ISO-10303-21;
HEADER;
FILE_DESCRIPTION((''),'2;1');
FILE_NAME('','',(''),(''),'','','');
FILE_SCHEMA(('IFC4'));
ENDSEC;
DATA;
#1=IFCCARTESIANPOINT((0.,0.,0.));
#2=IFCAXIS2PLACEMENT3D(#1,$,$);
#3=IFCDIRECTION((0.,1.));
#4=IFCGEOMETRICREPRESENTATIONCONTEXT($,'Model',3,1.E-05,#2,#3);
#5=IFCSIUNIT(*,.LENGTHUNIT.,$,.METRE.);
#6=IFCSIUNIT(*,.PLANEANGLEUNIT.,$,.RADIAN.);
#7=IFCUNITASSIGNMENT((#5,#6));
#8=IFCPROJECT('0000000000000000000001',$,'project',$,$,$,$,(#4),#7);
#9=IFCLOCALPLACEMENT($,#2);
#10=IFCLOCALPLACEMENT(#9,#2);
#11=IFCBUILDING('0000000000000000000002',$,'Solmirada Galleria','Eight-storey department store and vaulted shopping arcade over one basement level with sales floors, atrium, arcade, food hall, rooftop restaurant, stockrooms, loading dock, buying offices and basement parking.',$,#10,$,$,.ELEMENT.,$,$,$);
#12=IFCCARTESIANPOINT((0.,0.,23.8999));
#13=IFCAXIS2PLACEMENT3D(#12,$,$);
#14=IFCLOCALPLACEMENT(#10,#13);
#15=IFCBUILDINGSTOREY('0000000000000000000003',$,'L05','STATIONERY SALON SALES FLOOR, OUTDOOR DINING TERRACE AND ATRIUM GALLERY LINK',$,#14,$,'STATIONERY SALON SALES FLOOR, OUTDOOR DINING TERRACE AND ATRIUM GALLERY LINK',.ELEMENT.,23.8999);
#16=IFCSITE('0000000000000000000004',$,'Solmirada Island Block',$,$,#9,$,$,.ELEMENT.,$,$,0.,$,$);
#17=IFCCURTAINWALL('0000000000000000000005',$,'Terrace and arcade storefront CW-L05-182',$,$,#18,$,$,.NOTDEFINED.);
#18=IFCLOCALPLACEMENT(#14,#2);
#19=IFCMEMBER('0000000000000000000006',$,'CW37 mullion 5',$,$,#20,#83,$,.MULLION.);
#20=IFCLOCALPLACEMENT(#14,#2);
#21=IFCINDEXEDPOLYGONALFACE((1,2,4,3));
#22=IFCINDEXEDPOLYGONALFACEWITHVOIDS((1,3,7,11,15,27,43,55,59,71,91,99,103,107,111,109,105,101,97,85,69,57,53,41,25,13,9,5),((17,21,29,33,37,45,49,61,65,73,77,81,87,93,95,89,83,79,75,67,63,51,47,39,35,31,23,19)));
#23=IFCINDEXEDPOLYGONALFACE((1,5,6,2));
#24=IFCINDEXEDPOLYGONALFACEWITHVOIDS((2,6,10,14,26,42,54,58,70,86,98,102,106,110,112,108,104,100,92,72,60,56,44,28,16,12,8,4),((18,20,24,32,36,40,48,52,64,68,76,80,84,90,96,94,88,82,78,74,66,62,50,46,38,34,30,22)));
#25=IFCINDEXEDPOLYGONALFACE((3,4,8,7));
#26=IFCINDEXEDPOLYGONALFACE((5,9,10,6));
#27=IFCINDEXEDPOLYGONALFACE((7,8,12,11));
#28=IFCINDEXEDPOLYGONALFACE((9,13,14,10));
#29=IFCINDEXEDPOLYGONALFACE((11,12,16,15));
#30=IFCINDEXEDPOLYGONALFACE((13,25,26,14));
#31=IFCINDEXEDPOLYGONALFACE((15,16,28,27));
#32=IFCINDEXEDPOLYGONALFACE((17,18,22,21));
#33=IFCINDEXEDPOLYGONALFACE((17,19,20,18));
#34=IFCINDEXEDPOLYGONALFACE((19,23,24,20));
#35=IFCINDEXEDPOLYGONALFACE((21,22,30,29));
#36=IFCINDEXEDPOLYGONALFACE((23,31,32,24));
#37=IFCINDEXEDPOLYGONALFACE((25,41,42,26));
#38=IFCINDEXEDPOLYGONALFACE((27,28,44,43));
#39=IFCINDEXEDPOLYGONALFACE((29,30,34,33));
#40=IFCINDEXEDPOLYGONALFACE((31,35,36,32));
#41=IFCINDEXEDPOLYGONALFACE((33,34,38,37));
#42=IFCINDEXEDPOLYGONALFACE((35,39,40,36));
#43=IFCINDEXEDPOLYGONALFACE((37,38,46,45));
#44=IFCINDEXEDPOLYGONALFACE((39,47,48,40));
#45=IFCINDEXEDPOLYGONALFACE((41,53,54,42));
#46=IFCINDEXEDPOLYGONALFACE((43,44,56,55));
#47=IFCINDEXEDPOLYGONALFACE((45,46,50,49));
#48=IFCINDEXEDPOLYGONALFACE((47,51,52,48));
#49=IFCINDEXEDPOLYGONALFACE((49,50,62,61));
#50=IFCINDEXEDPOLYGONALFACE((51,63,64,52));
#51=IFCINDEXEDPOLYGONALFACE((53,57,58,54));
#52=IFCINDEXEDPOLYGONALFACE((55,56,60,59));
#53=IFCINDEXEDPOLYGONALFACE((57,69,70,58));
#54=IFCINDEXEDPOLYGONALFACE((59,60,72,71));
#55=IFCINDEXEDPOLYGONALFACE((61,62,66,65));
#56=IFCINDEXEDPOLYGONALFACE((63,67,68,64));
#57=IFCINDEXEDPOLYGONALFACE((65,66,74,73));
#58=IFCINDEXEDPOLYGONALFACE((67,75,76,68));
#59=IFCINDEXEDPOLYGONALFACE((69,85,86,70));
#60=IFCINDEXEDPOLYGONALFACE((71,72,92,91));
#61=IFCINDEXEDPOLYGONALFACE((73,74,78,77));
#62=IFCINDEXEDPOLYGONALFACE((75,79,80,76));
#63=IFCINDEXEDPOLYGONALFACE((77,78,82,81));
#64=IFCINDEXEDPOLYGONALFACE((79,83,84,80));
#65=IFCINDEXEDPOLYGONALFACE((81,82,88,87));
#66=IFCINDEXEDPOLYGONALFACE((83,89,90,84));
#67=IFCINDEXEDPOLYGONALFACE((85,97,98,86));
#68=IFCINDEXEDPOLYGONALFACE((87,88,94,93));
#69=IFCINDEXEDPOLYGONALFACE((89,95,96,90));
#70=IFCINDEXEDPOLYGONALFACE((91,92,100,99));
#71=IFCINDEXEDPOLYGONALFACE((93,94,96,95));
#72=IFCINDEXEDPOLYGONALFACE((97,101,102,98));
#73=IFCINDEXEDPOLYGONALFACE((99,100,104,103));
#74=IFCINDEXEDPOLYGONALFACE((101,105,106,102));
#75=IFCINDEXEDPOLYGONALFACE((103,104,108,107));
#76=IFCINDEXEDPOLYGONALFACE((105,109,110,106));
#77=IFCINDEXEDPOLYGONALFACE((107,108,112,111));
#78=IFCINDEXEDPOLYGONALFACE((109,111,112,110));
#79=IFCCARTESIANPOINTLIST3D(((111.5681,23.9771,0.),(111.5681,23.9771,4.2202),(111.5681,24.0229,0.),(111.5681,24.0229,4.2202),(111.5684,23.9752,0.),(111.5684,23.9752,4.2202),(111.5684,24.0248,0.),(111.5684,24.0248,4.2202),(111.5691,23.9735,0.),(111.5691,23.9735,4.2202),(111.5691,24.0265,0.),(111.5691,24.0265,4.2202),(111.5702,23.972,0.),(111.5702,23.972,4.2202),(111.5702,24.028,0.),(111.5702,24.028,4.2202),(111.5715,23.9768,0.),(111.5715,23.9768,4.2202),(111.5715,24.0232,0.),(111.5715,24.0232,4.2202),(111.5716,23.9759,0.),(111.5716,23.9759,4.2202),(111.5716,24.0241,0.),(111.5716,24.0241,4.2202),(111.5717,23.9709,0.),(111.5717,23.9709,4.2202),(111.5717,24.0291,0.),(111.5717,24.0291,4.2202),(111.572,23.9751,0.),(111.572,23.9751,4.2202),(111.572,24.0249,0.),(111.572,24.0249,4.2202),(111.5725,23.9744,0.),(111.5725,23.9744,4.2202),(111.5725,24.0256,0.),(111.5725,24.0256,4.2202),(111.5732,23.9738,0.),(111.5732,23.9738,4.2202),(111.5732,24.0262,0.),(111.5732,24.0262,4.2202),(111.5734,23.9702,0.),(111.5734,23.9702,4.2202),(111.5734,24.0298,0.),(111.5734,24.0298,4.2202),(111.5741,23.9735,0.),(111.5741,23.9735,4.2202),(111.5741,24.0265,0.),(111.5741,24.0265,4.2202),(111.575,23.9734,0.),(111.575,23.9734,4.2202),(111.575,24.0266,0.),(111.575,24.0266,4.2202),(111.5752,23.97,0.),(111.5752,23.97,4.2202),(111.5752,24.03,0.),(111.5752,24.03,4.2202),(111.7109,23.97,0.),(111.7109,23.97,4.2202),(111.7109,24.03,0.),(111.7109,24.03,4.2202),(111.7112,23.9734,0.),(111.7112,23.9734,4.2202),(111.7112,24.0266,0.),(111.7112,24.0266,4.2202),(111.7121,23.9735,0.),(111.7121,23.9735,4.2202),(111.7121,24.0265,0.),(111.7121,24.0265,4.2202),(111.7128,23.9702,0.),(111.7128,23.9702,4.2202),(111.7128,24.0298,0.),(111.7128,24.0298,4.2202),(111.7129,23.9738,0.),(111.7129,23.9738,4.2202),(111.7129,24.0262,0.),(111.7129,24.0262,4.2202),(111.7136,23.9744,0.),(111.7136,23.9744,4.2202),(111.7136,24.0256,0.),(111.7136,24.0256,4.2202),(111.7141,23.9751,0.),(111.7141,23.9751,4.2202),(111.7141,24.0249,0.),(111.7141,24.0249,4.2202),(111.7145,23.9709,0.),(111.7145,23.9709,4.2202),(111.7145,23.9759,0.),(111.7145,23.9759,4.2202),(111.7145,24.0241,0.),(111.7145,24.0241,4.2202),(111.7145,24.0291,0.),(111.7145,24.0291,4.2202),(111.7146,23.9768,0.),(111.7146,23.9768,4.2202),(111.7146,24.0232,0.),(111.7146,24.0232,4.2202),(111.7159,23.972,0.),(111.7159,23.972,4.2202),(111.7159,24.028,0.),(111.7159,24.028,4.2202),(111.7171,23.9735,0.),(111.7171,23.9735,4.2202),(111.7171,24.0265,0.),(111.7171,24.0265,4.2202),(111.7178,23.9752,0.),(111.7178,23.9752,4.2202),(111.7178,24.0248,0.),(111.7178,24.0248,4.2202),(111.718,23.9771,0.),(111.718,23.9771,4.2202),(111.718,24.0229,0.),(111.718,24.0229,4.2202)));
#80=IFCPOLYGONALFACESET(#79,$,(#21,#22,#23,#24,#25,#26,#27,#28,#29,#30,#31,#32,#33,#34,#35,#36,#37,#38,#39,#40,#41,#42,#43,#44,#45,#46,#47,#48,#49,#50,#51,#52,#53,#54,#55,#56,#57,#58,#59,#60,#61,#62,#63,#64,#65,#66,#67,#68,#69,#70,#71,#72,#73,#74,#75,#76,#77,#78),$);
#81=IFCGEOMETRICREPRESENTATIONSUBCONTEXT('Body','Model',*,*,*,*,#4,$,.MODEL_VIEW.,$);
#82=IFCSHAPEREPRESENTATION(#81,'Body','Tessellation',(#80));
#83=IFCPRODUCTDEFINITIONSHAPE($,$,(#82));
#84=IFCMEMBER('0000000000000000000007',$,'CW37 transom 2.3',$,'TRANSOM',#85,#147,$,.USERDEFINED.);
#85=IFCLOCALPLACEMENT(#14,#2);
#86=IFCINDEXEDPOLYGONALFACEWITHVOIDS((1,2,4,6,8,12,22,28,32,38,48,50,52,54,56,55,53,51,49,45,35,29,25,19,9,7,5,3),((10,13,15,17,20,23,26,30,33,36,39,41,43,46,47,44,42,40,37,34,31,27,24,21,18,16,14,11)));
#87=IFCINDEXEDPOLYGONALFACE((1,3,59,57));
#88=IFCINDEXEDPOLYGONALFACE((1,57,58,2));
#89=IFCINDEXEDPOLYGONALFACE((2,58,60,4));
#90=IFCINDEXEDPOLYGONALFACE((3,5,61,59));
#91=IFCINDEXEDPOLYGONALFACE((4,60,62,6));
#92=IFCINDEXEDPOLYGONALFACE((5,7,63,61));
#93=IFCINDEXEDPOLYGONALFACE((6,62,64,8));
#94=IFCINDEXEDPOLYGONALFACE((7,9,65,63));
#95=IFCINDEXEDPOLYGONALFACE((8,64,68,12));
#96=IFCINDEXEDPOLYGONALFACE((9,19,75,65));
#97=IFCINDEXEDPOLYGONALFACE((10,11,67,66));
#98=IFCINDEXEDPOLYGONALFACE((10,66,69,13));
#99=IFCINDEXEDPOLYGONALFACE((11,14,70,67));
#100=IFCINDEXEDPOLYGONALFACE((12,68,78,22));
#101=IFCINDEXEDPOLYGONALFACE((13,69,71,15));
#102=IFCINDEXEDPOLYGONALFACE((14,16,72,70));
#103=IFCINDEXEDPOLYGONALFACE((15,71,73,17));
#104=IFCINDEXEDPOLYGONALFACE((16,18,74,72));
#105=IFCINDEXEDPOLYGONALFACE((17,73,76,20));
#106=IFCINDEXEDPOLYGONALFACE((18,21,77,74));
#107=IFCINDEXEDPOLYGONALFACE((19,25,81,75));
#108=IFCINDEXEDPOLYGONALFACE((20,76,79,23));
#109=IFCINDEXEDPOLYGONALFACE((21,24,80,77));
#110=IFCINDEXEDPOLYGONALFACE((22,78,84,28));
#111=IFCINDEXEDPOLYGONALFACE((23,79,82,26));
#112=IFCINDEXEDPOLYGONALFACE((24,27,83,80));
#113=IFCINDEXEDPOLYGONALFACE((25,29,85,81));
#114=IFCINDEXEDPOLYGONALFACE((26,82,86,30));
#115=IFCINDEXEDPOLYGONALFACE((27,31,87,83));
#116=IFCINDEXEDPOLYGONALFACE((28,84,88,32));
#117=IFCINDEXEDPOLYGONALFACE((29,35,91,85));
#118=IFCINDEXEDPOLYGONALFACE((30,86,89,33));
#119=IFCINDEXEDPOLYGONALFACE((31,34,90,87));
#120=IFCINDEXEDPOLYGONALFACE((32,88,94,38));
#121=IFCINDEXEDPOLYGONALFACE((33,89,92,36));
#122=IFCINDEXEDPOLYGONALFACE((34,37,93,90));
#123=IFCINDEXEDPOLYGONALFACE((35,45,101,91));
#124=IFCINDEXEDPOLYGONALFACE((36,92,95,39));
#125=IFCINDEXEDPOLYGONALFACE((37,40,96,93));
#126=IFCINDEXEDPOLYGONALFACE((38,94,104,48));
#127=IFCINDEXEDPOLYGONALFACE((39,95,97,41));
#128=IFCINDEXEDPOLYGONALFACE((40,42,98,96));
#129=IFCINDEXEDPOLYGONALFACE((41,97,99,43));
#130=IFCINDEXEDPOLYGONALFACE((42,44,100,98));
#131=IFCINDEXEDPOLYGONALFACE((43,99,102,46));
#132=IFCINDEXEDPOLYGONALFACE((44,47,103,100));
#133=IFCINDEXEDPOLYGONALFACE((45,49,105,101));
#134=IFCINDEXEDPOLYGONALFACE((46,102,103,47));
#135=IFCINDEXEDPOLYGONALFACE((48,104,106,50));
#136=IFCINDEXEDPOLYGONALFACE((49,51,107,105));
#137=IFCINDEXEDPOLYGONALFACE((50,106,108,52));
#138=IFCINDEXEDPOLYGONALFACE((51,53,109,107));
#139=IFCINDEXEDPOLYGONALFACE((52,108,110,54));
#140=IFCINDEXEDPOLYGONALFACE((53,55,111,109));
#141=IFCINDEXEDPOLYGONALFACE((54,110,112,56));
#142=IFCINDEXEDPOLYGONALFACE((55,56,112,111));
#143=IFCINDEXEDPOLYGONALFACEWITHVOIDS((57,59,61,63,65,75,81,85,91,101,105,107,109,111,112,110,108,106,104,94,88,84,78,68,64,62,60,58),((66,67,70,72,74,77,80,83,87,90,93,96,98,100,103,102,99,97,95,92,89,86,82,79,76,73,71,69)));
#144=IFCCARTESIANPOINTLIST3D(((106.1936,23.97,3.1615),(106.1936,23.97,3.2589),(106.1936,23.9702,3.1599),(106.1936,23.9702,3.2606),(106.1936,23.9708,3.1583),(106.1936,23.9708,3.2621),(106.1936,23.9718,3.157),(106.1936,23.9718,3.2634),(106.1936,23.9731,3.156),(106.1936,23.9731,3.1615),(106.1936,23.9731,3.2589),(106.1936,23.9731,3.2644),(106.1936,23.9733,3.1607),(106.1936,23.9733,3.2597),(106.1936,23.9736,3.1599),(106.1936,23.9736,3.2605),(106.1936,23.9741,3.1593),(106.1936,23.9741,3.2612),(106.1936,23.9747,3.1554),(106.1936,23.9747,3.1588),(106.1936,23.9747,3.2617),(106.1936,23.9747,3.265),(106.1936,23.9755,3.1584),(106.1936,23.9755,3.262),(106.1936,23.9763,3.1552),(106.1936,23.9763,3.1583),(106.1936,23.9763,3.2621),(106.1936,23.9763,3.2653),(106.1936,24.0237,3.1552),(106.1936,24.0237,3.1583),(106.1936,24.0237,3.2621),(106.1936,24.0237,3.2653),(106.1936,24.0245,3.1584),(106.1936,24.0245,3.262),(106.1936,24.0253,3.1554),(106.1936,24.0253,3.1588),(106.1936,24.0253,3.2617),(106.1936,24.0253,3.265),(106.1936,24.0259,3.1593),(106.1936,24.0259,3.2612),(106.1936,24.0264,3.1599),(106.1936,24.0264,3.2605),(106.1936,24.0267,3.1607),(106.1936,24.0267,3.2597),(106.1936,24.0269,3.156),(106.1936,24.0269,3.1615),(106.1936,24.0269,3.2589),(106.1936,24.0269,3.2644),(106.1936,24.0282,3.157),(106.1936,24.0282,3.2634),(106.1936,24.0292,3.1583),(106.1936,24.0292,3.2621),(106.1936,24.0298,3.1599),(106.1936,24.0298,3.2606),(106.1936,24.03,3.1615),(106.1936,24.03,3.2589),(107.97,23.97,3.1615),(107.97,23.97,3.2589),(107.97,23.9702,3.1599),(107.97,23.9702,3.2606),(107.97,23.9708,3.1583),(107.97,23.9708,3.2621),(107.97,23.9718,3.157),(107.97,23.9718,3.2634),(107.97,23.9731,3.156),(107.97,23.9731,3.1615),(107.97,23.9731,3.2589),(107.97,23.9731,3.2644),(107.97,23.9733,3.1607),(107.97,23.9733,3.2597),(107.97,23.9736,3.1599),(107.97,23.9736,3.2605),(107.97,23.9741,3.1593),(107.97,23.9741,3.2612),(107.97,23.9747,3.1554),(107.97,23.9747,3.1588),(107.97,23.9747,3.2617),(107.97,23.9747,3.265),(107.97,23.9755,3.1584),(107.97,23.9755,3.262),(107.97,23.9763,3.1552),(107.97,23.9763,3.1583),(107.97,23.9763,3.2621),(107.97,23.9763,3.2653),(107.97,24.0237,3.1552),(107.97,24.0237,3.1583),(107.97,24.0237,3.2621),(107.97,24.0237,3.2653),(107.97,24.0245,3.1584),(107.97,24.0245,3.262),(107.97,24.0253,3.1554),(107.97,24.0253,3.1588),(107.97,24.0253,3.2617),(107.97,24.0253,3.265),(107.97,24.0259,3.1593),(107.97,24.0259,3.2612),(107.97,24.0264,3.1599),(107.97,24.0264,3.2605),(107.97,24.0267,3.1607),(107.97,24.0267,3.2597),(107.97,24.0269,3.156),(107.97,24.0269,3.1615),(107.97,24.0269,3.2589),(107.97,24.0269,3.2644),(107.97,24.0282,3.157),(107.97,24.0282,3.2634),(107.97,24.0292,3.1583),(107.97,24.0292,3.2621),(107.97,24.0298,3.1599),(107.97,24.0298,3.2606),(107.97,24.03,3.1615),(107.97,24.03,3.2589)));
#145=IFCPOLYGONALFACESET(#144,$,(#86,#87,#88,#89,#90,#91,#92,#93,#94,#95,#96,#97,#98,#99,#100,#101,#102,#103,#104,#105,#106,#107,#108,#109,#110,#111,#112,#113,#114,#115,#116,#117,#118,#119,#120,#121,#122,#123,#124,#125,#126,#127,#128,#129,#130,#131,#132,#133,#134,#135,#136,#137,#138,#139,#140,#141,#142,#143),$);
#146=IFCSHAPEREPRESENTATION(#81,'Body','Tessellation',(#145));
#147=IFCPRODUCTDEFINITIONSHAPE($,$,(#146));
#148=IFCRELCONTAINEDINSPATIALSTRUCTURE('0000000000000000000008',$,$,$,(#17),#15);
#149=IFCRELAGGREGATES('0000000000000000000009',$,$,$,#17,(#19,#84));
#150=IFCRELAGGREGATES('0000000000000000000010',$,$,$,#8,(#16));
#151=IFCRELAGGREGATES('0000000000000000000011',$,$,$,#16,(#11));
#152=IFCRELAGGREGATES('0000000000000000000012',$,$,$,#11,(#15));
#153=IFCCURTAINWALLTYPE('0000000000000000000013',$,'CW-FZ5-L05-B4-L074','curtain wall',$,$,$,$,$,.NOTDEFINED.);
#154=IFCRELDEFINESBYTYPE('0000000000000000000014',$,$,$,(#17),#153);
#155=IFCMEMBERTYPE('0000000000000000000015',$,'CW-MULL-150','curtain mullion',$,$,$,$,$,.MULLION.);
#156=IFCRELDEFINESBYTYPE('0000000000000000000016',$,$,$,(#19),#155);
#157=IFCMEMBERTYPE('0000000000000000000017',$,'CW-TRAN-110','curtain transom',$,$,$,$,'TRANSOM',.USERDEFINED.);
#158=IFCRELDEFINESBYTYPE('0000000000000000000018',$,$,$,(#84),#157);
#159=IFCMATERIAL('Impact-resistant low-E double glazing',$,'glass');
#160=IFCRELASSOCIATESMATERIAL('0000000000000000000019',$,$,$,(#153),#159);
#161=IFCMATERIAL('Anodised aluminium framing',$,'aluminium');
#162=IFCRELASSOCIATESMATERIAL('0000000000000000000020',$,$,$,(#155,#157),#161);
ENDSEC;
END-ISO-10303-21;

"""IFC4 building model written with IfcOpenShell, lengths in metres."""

from ifc_helpers import new_model, si_unit, direction, frame, origin, origin_2d, place, context, subcontext, project, spatial, hollow_rectangle, extrude, material, material_profile, profile_set, type_object, element, aggregate, save


model = new_model("IFC4")

# Units and contexts
model_context = context("Model", 3, precision=1e-05, world=origin(), true_north=direction((0.0, 1.0)))
body_context = subcontext(model_context, "Body", "Model", "MODEL_VIEW")
ifc_project = project(units=[si_unit("LENGTHUNIT", "METRE"), si_unit("PLANEANGLEUNIT", "RADIAN")], contexts=[model_context])

# Site, building, storey
site_placement = place(None, origin())
site = spatial("IfcSite", under=ifc_project, at=site_placement, Name="Solmirada Island Block", CompositionType="ELEMENT", RefElevation=0.0)
building_placement = place(site_placement, origin())
building = spatial("IfcBuilding", under=site, at=building_placement, Name="Solmirada Galleria", Description="Eight-storey department store and vaulted shopping arcade over one basement level with sales floors, atrium, arcade, food hall, rooftop restaurant, stockrooms, loading dock, buying offices and basement parking.", CompositionType="ELEMENT")
storey_placement = place(building_placement, frame((0.0, 0.0, 23.8999)))
storey = spatial("IfcBuildingStorey", under=building, at=storey_placement, Name="L05", Description="STATIONERY SALON SALES FLOOR, OUTDOOR DINING TERRACE AND ATRIUM GALLERY LINK", LongName="STATIONERY SALON SALES FLOOR, OUTDOOR DINING TERRACE AND ATRIUM GALLERY LINK", CompositionType="ELEMENT", Elevation=23.8999)

# Curtain wall, members
ifc_material_1 = material(Name="Impact-resistant low-E double glazing", Category="glass")
curtain_wall_type = type_object("IfcCurtainWallType", Name="CW-FZ5-L05-B4-L074", Description="curtain wall", PredefinedType="NOTDEFINED", material=ifc_material_1)
curtain_wall_placement = place(storey_placement, origin())
curtain_wall = element("IfcCurtainWall", 1, at=curtain_wall_placement, inside=storey, type_object=curtain_wall_type, Name="Terrace and arcade storefront CW-L05-182", PredefinedType="NOTDEFINED")
ifc_material_2 = material(Name="Anodised aluminium framing", Category="aluminium")
ifc_material_profile_1 = material_profile(ifc_material_2, hollow_rectangle(XDim=0.0601, YDim=0.1499, WallThickness=0.0034, InnerFilletRadius=0.0034, OuterFilletRadius=0.0071, at=origin_2d()), Name="ALU-MULL-150X60")
ifc_profile_set_1 = profile_set([ifc_material_profile_1], Name="Anodised aluminium framing")
member_type_1 = type_object("IfcMemberType", Name="CW-MULL-150", Description="curtain mullion", PredefinedType="MULLION", material=ifc_profile_set_1)
member_1_placement = place(storey_placement, frame((111.6431, 24.0, 0.0), z_axis=(0.0, 0.0, 1.0), x_axis=(0.0, 1.0, 0.0)))
member_1 = element("IfcMember", 2, at=member_1_placement, type_object=member_type_1, Name="CW37 mullion 5", PredefinedType="MULLION", context=body_context, shape_type="SweptSolid", body=[
    extrude(hollow_rectangle(XDim=0.0601, YDim=0.1499, WallThickness=0.0034, InnerFilletRadius=0.0034, OuterFilletRadius=0.0071, at=origin_2d()), origin(), (0.0, 0.0, 1.0), 4.2202),
])
ifc_material_profile_2 = material_profile(ifc_material_2, hollow_rectangle(XDim=0.0601, YDim=0.1101, WallThickness=0.0032, InnerFilletRadius=0.0032, OuterFilletRadius=0.0063, at=origin_2d()), Name="ALU-TRAN-110X60")
ifc_profile_set_2 = profile_set([ifc_material_profile_2], Name="Anodised aluminium framing")
member_type_2 = type_object("IfcMemberType", Name="CW-TRAN-110", Description="curtain transom", ElementType="TRANSOM", PredefinedType="USERDEFINED", material=ifc_profile_set_2)
member_2_placement = place(storey_placement, frame((106.1936, 24.0, 3.2102), z_axis=(1.0, 0.0, 0.0), x_axis=(0.0, 1.0, 0.0)))
member_2 = element("IfcMember", 3, at=member_2_placement, type_object=member_type_2, Name="CW37 transom 2.3", ObjectType="TRANSOM", PredefinedType="USERDEFINED", context=body_context, shape_type="SweptSolid", body=[
    extrude(hollow_rectangle(XDim=0.0601, YDim=0.1101, WallThickness=0.0032, InnerFilletRadius=0.0032, OuterFilletRadius=0.0063, at=origin_2d()), origin(), (0.0, 0.0, 1.0), 1.7764),
])
aggregate(curtain_wall, [member_1, member_2])

save(model, "model.ifc")
